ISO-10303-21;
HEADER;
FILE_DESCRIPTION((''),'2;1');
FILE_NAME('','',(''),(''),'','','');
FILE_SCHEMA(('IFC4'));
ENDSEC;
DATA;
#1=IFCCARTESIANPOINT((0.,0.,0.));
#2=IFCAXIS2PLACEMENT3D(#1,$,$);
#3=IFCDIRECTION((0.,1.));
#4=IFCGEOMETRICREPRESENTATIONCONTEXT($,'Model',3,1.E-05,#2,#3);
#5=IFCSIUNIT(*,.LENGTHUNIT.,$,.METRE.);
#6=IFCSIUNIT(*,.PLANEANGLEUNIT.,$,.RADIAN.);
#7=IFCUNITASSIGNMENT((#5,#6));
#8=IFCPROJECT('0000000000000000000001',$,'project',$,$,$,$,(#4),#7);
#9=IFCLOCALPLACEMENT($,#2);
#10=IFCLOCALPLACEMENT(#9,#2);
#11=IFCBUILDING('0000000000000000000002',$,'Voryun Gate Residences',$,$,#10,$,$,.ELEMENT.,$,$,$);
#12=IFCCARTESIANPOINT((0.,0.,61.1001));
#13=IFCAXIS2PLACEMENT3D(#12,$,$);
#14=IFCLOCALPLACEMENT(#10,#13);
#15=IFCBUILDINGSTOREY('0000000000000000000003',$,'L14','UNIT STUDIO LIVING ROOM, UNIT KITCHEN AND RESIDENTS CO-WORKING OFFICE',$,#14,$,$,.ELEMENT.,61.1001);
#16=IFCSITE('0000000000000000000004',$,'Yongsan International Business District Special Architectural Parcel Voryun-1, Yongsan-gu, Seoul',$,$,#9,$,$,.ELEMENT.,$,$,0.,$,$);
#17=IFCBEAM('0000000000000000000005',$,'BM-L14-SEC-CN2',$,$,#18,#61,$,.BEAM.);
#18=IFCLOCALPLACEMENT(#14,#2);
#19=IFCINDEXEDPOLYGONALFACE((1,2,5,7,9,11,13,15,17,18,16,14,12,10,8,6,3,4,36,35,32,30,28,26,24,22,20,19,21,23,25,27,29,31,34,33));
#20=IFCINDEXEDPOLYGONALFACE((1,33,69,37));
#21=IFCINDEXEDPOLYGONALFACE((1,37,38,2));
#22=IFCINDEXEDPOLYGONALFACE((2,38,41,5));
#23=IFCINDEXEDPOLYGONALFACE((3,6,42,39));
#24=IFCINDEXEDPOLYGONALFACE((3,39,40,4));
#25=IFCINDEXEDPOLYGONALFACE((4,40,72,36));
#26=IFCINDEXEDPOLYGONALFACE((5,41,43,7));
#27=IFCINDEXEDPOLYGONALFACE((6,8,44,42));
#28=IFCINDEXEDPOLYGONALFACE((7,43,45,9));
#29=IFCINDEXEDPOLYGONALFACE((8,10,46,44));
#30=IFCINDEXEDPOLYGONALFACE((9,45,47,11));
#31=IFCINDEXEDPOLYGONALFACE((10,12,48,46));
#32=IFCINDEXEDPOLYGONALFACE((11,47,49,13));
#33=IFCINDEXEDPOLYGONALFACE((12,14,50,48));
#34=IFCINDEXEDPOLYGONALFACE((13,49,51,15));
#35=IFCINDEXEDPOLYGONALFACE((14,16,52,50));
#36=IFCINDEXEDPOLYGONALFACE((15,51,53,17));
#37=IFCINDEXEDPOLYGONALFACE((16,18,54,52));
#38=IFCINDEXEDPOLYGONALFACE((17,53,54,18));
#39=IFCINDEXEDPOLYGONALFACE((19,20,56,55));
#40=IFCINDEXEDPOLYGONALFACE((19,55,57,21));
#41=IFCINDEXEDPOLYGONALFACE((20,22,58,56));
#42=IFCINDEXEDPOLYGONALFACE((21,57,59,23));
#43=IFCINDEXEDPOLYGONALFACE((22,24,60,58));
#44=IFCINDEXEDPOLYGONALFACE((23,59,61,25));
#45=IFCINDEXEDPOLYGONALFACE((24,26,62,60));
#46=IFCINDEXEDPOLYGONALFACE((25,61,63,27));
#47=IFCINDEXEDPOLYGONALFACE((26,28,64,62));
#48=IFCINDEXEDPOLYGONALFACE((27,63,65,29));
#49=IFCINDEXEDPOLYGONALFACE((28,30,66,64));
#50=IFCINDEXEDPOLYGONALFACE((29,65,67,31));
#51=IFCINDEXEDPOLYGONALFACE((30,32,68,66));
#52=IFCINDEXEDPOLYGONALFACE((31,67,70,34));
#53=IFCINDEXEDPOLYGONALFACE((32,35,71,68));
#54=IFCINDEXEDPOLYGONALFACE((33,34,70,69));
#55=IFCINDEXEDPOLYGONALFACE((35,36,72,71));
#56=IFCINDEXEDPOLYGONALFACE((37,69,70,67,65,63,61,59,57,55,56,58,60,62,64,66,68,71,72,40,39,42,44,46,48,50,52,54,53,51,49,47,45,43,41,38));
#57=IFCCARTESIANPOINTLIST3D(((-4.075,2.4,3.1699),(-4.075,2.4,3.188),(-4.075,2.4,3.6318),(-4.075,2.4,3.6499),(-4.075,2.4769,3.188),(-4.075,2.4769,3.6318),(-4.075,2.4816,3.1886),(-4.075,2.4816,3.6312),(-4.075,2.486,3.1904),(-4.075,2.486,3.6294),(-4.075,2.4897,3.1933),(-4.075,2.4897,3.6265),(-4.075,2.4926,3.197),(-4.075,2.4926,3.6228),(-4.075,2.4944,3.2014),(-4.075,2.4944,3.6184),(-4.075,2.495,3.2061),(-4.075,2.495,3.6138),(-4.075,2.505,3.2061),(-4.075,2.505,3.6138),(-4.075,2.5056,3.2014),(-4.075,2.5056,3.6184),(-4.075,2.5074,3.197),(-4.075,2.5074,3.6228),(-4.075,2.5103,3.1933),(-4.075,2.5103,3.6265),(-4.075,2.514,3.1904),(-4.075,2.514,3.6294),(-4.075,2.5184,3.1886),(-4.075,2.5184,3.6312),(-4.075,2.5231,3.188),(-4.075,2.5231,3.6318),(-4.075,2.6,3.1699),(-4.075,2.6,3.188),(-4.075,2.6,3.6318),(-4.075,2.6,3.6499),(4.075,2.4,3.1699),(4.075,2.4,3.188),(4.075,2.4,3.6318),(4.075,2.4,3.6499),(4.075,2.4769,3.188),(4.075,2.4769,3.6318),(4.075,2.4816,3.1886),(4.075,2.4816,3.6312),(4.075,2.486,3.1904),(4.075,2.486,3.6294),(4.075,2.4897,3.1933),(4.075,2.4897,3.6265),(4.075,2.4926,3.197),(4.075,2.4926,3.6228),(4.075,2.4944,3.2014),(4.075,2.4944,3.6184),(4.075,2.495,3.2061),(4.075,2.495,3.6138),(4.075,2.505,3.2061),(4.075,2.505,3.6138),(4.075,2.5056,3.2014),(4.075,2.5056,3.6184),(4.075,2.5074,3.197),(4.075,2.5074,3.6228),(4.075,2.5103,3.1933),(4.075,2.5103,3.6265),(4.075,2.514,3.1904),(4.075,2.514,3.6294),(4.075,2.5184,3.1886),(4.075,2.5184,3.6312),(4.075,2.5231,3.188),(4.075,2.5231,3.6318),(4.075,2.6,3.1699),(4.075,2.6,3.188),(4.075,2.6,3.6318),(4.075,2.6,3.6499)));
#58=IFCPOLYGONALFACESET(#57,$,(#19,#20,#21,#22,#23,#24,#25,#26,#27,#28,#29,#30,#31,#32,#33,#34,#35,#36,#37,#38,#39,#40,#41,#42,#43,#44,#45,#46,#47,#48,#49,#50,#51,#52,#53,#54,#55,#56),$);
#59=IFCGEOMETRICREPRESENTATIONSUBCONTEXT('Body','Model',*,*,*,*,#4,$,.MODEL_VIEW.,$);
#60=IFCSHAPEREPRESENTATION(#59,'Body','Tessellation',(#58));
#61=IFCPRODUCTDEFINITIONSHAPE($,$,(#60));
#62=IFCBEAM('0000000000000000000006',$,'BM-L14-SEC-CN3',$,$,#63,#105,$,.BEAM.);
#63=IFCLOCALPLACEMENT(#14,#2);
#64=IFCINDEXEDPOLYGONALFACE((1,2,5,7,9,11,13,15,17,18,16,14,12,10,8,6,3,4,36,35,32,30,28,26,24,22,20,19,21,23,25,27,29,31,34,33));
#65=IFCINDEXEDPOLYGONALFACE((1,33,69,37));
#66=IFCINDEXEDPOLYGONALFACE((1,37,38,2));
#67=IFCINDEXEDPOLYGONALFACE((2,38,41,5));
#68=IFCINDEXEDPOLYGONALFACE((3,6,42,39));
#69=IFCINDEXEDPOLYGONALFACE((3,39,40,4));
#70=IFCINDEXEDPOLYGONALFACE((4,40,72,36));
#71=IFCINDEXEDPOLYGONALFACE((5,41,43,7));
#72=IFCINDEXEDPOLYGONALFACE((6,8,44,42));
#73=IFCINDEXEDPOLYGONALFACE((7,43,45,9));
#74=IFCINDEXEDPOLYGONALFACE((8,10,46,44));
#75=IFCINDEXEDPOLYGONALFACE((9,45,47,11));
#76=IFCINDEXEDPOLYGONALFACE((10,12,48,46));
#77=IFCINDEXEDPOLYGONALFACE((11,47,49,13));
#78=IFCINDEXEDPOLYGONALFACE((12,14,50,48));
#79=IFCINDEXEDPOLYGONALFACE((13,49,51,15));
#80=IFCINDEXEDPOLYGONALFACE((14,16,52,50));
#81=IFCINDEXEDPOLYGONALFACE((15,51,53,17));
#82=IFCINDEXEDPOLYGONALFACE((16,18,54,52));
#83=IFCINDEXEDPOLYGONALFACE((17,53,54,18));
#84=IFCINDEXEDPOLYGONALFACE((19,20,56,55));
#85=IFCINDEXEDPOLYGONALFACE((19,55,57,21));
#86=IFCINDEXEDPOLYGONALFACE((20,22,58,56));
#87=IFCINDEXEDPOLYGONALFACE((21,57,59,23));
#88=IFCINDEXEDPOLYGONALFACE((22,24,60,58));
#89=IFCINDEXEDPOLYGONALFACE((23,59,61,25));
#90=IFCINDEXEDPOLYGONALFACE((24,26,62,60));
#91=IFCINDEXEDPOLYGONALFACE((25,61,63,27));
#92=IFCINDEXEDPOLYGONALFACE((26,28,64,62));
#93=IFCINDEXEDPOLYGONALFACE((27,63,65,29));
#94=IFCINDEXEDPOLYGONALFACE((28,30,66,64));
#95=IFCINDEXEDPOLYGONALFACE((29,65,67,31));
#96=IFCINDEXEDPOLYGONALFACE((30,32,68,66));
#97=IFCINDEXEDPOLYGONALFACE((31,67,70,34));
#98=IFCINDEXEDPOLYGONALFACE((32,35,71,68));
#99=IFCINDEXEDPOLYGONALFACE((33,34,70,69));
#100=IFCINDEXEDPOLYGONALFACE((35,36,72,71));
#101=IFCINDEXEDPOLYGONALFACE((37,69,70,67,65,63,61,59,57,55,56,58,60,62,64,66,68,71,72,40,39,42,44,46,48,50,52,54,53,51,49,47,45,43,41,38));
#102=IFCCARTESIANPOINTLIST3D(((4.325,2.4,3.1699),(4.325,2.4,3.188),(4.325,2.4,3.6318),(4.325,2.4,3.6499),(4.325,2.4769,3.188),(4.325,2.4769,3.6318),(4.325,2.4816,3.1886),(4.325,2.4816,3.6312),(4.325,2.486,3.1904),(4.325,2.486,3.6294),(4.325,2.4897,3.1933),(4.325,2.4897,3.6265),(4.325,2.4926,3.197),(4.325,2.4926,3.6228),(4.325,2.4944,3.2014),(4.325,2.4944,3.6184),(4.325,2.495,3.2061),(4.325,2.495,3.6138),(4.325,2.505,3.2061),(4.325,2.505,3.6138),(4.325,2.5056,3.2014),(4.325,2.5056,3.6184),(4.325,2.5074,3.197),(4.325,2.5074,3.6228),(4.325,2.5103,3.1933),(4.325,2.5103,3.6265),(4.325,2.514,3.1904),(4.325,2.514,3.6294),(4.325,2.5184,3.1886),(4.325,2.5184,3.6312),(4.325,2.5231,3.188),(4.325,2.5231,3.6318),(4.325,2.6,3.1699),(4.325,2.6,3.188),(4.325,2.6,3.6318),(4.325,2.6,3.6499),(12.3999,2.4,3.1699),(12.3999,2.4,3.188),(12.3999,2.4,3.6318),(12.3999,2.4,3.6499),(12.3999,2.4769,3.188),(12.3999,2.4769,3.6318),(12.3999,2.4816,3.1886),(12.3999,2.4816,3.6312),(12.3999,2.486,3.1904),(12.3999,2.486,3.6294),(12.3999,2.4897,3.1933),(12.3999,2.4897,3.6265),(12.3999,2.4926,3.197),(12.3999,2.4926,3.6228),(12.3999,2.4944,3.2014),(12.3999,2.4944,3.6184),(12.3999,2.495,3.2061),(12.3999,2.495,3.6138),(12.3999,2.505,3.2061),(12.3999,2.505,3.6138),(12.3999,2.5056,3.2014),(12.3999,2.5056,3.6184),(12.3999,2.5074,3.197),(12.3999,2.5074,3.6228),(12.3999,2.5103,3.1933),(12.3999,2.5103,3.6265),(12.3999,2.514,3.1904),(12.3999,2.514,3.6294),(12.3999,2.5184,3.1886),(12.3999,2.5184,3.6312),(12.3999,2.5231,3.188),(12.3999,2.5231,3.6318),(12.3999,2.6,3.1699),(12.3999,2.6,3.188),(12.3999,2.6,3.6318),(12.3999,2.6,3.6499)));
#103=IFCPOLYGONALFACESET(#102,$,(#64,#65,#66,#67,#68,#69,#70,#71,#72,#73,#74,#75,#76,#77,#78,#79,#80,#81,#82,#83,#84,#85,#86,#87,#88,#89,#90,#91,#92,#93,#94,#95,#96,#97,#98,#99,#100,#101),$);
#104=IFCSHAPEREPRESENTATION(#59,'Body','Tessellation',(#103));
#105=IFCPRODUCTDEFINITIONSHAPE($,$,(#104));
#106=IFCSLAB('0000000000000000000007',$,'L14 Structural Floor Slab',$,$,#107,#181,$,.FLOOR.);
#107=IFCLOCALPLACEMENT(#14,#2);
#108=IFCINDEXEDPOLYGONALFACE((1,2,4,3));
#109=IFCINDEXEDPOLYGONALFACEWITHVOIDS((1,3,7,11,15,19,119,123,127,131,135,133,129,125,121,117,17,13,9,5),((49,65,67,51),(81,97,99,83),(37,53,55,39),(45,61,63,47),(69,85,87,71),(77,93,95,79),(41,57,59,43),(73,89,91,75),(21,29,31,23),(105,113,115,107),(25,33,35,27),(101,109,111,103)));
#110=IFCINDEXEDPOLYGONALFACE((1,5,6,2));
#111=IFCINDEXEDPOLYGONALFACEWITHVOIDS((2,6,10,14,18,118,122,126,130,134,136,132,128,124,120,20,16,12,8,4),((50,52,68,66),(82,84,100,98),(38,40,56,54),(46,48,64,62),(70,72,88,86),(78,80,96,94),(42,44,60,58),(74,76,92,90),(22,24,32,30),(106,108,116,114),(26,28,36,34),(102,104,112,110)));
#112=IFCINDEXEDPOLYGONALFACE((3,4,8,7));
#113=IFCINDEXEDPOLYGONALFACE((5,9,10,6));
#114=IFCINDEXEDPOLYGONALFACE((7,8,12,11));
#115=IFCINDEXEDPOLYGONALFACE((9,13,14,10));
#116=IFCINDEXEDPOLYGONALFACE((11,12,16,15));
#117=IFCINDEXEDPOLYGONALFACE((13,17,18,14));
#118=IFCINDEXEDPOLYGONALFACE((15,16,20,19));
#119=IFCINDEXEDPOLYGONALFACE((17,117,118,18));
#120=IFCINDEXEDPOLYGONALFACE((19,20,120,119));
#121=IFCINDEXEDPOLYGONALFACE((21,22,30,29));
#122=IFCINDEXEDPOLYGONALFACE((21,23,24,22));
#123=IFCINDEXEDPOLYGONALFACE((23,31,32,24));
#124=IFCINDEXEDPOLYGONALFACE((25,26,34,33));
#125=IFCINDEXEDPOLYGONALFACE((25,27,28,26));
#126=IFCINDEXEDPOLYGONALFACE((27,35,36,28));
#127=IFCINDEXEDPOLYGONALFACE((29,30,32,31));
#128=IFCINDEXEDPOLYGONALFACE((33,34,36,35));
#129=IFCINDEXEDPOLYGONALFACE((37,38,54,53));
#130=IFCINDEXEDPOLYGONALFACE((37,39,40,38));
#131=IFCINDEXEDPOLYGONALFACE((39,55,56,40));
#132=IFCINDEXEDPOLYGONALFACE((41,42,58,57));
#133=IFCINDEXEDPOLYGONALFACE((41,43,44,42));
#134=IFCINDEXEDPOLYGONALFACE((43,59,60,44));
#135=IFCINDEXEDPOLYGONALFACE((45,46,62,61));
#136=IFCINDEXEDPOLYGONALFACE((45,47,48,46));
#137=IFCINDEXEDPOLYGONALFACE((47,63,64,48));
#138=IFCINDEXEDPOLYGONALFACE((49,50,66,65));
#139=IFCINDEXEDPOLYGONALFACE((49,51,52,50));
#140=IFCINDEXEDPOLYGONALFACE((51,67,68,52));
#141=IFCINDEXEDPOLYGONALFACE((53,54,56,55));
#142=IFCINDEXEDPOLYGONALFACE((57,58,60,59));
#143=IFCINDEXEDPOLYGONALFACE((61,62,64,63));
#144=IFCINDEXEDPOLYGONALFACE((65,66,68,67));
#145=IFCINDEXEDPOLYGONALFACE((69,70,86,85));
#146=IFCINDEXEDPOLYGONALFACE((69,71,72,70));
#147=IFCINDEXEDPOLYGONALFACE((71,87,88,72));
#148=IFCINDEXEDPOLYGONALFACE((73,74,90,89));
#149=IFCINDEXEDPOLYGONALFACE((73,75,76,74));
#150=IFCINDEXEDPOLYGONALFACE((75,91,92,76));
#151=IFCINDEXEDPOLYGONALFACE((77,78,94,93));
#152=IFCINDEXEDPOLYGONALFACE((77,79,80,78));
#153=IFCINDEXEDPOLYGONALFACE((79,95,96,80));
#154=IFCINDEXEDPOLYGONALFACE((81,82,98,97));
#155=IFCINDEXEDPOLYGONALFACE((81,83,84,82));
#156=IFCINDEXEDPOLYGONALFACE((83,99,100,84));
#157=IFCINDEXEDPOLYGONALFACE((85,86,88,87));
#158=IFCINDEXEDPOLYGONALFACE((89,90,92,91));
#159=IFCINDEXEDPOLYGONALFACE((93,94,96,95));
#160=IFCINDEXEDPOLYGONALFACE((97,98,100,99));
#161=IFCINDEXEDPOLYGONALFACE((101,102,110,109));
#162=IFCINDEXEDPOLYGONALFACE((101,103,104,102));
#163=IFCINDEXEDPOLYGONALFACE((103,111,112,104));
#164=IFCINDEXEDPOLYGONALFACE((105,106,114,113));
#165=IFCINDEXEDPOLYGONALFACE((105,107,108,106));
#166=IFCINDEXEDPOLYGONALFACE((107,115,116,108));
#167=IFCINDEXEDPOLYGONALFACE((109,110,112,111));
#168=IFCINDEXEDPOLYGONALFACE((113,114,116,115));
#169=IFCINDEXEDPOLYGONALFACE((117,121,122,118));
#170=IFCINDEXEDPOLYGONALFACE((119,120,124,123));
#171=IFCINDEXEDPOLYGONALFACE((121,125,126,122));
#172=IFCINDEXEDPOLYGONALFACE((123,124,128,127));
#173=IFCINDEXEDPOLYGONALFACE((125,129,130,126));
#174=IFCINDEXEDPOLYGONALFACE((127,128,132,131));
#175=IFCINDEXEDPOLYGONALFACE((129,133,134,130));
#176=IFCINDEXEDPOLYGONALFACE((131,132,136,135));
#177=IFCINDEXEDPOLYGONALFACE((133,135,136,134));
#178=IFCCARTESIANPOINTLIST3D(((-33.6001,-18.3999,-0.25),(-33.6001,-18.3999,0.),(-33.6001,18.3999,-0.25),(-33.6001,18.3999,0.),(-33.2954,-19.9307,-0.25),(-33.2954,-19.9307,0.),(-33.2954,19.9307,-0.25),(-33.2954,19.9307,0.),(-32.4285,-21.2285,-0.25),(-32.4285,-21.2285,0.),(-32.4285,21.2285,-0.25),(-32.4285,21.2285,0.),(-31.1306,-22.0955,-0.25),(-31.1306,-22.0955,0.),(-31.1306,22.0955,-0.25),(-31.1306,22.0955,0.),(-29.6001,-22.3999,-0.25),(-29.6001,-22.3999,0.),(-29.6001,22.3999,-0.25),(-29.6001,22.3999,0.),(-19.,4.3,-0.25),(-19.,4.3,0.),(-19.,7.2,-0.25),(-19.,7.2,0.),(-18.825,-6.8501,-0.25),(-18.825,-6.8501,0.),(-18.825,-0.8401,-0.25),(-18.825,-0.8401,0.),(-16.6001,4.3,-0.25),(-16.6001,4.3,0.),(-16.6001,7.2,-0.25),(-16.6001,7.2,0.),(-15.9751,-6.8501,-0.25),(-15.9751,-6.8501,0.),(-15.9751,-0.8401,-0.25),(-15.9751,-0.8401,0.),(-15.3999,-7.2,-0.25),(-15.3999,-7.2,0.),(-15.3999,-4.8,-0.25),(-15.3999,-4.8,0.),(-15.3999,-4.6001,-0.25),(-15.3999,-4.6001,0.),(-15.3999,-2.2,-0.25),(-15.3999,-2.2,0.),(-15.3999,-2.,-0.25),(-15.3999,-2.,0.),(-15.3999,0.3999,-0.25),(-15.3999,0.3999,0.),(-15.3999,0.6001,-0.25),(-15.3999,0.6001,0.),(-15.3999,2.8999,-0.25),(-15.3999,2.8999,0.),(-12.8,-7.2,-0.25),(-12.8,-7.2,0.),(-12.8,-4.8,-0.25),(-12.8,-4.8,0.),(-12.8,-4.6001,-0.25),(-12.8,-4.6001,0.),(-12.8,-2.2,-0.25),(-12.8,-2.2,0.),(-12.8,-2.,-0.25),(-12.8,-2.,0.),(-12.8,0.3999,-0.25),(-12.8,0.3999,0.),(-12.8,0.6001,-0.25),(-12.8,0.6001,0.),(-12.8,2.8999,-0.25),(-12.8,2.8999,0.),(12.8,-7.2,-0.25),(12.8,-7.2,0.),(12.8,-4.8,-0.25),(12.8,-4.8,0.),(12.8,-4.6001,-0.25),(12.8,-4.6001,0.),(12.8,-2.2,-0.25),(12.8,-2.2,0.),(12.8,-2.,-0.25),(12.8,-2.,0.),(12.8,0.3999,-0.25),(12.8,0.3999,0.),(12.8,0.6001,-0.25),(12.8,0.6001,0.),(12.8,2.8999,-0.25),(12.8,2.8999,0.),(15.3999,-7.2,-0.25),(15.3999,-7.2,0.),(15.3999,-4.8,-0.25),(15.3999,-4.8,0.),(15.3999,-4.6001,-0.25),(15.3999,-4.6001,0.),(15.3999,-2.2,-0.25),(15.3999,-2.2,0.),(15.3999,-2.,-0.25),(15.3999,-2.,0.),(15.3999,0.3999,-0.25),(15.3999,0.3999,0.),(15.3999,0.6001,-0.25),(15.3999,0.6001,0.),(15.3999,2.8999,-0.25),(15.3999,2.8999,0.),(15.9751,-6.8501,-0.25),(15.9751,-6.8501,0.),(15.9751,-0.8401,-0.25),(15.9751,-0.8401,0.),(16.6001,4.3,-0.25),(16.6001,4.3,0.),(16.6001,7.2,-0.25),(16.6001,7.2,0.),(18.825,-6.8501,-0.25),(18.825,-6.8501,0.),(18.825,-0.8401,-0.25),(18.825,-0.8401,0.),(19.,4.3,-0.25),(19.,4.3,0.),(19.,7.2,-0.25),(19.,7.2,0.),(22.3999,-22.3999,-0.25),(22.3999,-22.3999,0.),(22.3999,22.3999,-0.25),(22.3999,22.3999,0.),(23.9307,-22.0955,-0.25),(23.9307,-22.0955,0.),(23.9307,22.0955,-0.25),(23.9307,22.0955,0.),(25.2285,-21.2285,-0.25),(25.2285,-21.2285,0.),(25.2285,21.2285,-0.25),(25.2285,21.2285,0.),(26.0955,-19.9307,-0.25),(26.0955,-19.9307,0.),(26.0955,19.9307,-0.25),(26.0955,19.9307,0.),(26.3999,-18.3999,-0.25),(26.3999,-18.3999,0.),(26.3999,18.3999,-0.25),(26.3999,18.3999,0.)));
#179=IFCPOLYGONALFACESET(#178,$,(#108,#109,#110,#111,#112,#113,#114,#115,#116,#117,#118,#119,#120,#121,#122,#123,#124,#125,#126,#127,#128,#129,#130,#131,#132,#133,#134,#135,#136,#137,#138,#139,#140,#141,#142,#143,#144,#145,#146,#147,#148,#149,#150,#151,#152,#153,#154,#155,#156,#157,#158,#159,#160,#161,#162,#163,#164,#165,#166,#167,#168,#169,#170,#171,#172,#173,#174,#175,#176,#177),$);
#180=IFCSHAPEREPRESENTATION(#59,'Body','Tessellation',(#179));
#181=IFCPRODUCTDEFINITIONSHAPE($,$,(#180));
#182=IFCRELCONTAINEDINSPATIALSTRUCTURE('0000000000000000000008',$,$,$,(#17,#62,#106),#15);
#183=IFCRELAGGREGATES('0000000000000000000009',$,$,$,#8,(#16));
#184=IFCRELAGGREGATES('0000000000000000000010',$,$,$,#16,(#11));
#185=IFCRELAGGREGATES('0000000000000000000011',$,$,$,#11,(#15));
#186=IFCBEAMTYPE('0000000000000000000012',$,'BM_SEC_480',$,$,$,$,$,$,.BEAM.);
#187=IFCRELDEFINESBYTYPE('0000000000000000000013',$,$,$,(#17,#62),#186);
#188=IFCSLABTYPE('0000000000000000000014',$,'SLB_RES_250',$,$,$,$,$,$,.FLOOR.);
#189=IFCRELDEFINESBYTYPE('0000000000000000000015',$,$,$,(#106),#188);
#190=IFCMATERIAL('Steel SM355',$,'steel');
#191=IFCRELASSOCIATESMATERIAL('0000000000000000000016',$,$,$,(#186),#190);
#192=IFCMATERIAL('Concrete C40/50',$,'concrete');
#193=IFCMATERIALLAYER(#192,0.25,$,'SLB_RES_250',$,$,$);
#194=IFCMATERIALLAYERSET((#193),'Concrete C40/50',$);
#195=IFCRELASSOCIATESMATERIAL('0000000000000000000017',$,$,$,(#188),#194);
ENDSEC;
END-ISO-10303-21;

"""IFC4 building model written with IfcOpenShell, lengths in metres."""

from ifc_helpers import new_model, si_unit, direction, frame, origin, origin_2d, place, context, subcontext, project, spatial, polyline, i_section, outline, extrude, material, layer, layer_set, material_profile, profile_set, type_object, element, save


model = new_model("IFC4")

# Units and contexts
model_context = context("Model", 3, precision=1e-05, world=origin(), true_north=direction((0.0, 1.0)))
body_context = subcontext(model_context, "Body", "Model", "MODEL_VIEW")
ifc_project = project(units=[si_unit("LENGTHUNIT", "METRE"), si_unit("PLANEANGLEUNIT", "RADIAN")], contexts=[model_context])

# Site, building, storey
site_placement = place(None, origin())
site = spatial("IfcSite", under=ifc_project, at=site_placement, Name="Yongsan International Business District Special Architectural Parcel Voryun-1, Yongsan-gu, Seoul", CompositionType="ELEMENT", RefElevation=0.0)
building_placement = place(site_placement, origin())
building = spatial("IfcBuilding", under=site, at=building_placement, Name="Voryun Gate Residences", CompositionType="ELEMENT")
storey_placement = place(building_placement, frame((0.0, 0.0, 61.1001)))
storey = spatial("IfcBuildingStorey", under=building, at=storey_placement, Name="L14", Description="UNIT STUDIO LIVING ROOM, UNIT KITCHEN AND RESIDENTS CO-WORKING OFFICE", CompositionType="ELEMENT", Elevation=61.1001)

# Beams
ifc_material_1 = material(Name="Steel SM355", Category="steel")
ifc_material_profile_1 = material_profile(ifc_material_1, i_section(OverallWidth=0.2, OverallDepth=0.48, WebThickness=0.01, FlangeThickness=0.0181, FilletRadius=0.0181, at=origin_2d()), Name="H-480x200x10x18")
ifc_profile_set_1 = profile_set([ifc_material_profile_1], Name="Steel SM355")
beam_type_1 = type_object("IfcBeamType", Name="BM_SEC_480", PredefinedType="BEAM", material=ifc_profile_set_1)
beam_1_placement = place(storey_placement, frame((-4.075, 2.5, 3.4099), z_axis=(1.0, 0.0, 0.0), x_axis=(0.0, 1.0, 0.0)))
element("IfcBeam", 1, at=beam_1_placement, inside=storey, type_object=beam_type_1, Name="BM-L14-SEC-CN2", PredefinedType="BEAM", context=body_context, shape_type="SweptSolid", body=[
    extrude(i_section(OverallWidth=0.2, OverallDepth=0.48, WebThickness=0.01, FlangeThickness=0.0181, FilletRadius=0.0181, at=origin_2d()), origin(), (0.0, 0.0, 1.0), 8.1499),
])
beam_2_placement = place(storey_placement, frame((4.325, 2.5, 3.4099), z_axis=(1.0, 0.0, 0.0), x_axis=(0.0, 1.0, 0.0)))
element("IfcBeam", 2, at=beam_2_placement, inside=storey, type_object=beam_type_1, Name="BM-L14-SEC-CN3", PredefinedType="BEAM", context=body_context, shape_type="SweptSolid", body=[
    extrude(i_section(OverallWidth=0.2, OverallDepth=0.48, WebThickness=0.01, FlangeThickness=0.0181, FilletRadius=0.0181, at=origin_2d()), origin(), (0.0, 0.0, 1.0), 8.075),
])

# Slab
ifc_material_2 = material(Name="Concrete C40/50", Category="concrete")
ifc_layer_1 = layer(ifc_material_2, 0.25, Name="SLB_RES_250")
ifc_layer_set_1 = layer_set([ifc_layer_1], Name="Concrete C40/50")
slab_type_1 = type_object("IfcSlabType", Name="SLB_RES_250", PredefinedType="FLOOR", material=ifc_layer_set_1)
slab_1_placement = place(storey_placement, frame((0.0, 0.0, -0.25)))
element("IfcSlab", 3, at=slab_1_placement, inside=storey, type_object=slab_type_1, Name="L14 Structural Floor Slab", PredefinedType="FLOOR", context=body_context, shape_type="SweptSolid", body=[
    extrude(outline(polyline([(-29.6001, -22.3999), (-31.1306, -22.0955), (-32.4285, -21.2285), (-33.2954, -19.9307), (-33.6001, -18.3999), (-33.6001, 18.3999), (-33.2954, 19.9307), (-32.4285, 21.2285), (-31.1306, 22.0955), (-29.6001, 22.3999), (22.3999, 22.3999), (23.9307, 22.0955), (25.2285, 21.2285), (26.0955, 19.9307), (26.3999, 18.3999), (26.3999, -18.3999), (26.0955, -19.9307), (25.2285, -21.2285), (23.9307, -22.0955), (22.3999, -22.3999), (-29.6001, -22.3999)]), holes=[polyline([(-12.8, -4.8), (-15.3999, -4.8), (-15.3999, -7.2), (-12.8, -7.2), (-12.8, -4.8)]), polyline([(-18.825, -6.8501), (-15.9751, -6.8501), (-15.9751, -0.8401), (-18.825, -0.8401), (-18.825, -6.8501)]), polyline([(-12.8, -4.6001), (-12.8, -2.2), (-15.3999, -2.2), (-15.3999, -4.6001), (-12.8, -4.6001)]), polyline([(-12.8, 0.3999), (-15.3999, 0.3999), (-15.3999, -2.0), (-12.8, -2.0), (-12.8, 0.3999)]), polyline([(-12.8, 0.6001), (-12.8, 2.8999), (-15.3999, 2.8999), (-15.3999, 0.6001), (-12.8, 0.6001)]), polyline([(-16.6001, 4.3), (-16.6001, 7.2), (-19.0, 7.2), (-19.0, 4.3), (-16.6001, 4.3)]), polyline([(15.3999, -4.8), (12.8, -4.8), (12.8, -7.2), (15.3999, -7.2), (15.3999, -4.8)]), polyline([(15.9751, -6.8501), (18.825, -6.8501), (18.825, -0.8401), (15.9751, -0.8401), (15.9751, -6.8501)]), polyline([(15.3999, -4.6001), (15.3999, -2.2), (12.8, -2.2), (12.8, -4.6001), (15.3999, -4.6001)]), polyline([(15.3999, 0.3999), (12.8, 0.3999), (12.8, -2.0), (15.3999, -2.0), (15.3999, 0.3999)]), polyline([(15.3999, 0.6001), (15.3999, 2.8999), (12.8, 2.8999), (12.8, 0.6001), (15.3999, 0.6001)]), polyline([(19.0, 4.3), (19.0, 7.2), (16.6001, 7.2), (16.6001, 4.3), (19.0, 4.3)])]), origin(), (0.0, 0.0, 1.0), 0.25),
])

save(model, "model.ifc")
